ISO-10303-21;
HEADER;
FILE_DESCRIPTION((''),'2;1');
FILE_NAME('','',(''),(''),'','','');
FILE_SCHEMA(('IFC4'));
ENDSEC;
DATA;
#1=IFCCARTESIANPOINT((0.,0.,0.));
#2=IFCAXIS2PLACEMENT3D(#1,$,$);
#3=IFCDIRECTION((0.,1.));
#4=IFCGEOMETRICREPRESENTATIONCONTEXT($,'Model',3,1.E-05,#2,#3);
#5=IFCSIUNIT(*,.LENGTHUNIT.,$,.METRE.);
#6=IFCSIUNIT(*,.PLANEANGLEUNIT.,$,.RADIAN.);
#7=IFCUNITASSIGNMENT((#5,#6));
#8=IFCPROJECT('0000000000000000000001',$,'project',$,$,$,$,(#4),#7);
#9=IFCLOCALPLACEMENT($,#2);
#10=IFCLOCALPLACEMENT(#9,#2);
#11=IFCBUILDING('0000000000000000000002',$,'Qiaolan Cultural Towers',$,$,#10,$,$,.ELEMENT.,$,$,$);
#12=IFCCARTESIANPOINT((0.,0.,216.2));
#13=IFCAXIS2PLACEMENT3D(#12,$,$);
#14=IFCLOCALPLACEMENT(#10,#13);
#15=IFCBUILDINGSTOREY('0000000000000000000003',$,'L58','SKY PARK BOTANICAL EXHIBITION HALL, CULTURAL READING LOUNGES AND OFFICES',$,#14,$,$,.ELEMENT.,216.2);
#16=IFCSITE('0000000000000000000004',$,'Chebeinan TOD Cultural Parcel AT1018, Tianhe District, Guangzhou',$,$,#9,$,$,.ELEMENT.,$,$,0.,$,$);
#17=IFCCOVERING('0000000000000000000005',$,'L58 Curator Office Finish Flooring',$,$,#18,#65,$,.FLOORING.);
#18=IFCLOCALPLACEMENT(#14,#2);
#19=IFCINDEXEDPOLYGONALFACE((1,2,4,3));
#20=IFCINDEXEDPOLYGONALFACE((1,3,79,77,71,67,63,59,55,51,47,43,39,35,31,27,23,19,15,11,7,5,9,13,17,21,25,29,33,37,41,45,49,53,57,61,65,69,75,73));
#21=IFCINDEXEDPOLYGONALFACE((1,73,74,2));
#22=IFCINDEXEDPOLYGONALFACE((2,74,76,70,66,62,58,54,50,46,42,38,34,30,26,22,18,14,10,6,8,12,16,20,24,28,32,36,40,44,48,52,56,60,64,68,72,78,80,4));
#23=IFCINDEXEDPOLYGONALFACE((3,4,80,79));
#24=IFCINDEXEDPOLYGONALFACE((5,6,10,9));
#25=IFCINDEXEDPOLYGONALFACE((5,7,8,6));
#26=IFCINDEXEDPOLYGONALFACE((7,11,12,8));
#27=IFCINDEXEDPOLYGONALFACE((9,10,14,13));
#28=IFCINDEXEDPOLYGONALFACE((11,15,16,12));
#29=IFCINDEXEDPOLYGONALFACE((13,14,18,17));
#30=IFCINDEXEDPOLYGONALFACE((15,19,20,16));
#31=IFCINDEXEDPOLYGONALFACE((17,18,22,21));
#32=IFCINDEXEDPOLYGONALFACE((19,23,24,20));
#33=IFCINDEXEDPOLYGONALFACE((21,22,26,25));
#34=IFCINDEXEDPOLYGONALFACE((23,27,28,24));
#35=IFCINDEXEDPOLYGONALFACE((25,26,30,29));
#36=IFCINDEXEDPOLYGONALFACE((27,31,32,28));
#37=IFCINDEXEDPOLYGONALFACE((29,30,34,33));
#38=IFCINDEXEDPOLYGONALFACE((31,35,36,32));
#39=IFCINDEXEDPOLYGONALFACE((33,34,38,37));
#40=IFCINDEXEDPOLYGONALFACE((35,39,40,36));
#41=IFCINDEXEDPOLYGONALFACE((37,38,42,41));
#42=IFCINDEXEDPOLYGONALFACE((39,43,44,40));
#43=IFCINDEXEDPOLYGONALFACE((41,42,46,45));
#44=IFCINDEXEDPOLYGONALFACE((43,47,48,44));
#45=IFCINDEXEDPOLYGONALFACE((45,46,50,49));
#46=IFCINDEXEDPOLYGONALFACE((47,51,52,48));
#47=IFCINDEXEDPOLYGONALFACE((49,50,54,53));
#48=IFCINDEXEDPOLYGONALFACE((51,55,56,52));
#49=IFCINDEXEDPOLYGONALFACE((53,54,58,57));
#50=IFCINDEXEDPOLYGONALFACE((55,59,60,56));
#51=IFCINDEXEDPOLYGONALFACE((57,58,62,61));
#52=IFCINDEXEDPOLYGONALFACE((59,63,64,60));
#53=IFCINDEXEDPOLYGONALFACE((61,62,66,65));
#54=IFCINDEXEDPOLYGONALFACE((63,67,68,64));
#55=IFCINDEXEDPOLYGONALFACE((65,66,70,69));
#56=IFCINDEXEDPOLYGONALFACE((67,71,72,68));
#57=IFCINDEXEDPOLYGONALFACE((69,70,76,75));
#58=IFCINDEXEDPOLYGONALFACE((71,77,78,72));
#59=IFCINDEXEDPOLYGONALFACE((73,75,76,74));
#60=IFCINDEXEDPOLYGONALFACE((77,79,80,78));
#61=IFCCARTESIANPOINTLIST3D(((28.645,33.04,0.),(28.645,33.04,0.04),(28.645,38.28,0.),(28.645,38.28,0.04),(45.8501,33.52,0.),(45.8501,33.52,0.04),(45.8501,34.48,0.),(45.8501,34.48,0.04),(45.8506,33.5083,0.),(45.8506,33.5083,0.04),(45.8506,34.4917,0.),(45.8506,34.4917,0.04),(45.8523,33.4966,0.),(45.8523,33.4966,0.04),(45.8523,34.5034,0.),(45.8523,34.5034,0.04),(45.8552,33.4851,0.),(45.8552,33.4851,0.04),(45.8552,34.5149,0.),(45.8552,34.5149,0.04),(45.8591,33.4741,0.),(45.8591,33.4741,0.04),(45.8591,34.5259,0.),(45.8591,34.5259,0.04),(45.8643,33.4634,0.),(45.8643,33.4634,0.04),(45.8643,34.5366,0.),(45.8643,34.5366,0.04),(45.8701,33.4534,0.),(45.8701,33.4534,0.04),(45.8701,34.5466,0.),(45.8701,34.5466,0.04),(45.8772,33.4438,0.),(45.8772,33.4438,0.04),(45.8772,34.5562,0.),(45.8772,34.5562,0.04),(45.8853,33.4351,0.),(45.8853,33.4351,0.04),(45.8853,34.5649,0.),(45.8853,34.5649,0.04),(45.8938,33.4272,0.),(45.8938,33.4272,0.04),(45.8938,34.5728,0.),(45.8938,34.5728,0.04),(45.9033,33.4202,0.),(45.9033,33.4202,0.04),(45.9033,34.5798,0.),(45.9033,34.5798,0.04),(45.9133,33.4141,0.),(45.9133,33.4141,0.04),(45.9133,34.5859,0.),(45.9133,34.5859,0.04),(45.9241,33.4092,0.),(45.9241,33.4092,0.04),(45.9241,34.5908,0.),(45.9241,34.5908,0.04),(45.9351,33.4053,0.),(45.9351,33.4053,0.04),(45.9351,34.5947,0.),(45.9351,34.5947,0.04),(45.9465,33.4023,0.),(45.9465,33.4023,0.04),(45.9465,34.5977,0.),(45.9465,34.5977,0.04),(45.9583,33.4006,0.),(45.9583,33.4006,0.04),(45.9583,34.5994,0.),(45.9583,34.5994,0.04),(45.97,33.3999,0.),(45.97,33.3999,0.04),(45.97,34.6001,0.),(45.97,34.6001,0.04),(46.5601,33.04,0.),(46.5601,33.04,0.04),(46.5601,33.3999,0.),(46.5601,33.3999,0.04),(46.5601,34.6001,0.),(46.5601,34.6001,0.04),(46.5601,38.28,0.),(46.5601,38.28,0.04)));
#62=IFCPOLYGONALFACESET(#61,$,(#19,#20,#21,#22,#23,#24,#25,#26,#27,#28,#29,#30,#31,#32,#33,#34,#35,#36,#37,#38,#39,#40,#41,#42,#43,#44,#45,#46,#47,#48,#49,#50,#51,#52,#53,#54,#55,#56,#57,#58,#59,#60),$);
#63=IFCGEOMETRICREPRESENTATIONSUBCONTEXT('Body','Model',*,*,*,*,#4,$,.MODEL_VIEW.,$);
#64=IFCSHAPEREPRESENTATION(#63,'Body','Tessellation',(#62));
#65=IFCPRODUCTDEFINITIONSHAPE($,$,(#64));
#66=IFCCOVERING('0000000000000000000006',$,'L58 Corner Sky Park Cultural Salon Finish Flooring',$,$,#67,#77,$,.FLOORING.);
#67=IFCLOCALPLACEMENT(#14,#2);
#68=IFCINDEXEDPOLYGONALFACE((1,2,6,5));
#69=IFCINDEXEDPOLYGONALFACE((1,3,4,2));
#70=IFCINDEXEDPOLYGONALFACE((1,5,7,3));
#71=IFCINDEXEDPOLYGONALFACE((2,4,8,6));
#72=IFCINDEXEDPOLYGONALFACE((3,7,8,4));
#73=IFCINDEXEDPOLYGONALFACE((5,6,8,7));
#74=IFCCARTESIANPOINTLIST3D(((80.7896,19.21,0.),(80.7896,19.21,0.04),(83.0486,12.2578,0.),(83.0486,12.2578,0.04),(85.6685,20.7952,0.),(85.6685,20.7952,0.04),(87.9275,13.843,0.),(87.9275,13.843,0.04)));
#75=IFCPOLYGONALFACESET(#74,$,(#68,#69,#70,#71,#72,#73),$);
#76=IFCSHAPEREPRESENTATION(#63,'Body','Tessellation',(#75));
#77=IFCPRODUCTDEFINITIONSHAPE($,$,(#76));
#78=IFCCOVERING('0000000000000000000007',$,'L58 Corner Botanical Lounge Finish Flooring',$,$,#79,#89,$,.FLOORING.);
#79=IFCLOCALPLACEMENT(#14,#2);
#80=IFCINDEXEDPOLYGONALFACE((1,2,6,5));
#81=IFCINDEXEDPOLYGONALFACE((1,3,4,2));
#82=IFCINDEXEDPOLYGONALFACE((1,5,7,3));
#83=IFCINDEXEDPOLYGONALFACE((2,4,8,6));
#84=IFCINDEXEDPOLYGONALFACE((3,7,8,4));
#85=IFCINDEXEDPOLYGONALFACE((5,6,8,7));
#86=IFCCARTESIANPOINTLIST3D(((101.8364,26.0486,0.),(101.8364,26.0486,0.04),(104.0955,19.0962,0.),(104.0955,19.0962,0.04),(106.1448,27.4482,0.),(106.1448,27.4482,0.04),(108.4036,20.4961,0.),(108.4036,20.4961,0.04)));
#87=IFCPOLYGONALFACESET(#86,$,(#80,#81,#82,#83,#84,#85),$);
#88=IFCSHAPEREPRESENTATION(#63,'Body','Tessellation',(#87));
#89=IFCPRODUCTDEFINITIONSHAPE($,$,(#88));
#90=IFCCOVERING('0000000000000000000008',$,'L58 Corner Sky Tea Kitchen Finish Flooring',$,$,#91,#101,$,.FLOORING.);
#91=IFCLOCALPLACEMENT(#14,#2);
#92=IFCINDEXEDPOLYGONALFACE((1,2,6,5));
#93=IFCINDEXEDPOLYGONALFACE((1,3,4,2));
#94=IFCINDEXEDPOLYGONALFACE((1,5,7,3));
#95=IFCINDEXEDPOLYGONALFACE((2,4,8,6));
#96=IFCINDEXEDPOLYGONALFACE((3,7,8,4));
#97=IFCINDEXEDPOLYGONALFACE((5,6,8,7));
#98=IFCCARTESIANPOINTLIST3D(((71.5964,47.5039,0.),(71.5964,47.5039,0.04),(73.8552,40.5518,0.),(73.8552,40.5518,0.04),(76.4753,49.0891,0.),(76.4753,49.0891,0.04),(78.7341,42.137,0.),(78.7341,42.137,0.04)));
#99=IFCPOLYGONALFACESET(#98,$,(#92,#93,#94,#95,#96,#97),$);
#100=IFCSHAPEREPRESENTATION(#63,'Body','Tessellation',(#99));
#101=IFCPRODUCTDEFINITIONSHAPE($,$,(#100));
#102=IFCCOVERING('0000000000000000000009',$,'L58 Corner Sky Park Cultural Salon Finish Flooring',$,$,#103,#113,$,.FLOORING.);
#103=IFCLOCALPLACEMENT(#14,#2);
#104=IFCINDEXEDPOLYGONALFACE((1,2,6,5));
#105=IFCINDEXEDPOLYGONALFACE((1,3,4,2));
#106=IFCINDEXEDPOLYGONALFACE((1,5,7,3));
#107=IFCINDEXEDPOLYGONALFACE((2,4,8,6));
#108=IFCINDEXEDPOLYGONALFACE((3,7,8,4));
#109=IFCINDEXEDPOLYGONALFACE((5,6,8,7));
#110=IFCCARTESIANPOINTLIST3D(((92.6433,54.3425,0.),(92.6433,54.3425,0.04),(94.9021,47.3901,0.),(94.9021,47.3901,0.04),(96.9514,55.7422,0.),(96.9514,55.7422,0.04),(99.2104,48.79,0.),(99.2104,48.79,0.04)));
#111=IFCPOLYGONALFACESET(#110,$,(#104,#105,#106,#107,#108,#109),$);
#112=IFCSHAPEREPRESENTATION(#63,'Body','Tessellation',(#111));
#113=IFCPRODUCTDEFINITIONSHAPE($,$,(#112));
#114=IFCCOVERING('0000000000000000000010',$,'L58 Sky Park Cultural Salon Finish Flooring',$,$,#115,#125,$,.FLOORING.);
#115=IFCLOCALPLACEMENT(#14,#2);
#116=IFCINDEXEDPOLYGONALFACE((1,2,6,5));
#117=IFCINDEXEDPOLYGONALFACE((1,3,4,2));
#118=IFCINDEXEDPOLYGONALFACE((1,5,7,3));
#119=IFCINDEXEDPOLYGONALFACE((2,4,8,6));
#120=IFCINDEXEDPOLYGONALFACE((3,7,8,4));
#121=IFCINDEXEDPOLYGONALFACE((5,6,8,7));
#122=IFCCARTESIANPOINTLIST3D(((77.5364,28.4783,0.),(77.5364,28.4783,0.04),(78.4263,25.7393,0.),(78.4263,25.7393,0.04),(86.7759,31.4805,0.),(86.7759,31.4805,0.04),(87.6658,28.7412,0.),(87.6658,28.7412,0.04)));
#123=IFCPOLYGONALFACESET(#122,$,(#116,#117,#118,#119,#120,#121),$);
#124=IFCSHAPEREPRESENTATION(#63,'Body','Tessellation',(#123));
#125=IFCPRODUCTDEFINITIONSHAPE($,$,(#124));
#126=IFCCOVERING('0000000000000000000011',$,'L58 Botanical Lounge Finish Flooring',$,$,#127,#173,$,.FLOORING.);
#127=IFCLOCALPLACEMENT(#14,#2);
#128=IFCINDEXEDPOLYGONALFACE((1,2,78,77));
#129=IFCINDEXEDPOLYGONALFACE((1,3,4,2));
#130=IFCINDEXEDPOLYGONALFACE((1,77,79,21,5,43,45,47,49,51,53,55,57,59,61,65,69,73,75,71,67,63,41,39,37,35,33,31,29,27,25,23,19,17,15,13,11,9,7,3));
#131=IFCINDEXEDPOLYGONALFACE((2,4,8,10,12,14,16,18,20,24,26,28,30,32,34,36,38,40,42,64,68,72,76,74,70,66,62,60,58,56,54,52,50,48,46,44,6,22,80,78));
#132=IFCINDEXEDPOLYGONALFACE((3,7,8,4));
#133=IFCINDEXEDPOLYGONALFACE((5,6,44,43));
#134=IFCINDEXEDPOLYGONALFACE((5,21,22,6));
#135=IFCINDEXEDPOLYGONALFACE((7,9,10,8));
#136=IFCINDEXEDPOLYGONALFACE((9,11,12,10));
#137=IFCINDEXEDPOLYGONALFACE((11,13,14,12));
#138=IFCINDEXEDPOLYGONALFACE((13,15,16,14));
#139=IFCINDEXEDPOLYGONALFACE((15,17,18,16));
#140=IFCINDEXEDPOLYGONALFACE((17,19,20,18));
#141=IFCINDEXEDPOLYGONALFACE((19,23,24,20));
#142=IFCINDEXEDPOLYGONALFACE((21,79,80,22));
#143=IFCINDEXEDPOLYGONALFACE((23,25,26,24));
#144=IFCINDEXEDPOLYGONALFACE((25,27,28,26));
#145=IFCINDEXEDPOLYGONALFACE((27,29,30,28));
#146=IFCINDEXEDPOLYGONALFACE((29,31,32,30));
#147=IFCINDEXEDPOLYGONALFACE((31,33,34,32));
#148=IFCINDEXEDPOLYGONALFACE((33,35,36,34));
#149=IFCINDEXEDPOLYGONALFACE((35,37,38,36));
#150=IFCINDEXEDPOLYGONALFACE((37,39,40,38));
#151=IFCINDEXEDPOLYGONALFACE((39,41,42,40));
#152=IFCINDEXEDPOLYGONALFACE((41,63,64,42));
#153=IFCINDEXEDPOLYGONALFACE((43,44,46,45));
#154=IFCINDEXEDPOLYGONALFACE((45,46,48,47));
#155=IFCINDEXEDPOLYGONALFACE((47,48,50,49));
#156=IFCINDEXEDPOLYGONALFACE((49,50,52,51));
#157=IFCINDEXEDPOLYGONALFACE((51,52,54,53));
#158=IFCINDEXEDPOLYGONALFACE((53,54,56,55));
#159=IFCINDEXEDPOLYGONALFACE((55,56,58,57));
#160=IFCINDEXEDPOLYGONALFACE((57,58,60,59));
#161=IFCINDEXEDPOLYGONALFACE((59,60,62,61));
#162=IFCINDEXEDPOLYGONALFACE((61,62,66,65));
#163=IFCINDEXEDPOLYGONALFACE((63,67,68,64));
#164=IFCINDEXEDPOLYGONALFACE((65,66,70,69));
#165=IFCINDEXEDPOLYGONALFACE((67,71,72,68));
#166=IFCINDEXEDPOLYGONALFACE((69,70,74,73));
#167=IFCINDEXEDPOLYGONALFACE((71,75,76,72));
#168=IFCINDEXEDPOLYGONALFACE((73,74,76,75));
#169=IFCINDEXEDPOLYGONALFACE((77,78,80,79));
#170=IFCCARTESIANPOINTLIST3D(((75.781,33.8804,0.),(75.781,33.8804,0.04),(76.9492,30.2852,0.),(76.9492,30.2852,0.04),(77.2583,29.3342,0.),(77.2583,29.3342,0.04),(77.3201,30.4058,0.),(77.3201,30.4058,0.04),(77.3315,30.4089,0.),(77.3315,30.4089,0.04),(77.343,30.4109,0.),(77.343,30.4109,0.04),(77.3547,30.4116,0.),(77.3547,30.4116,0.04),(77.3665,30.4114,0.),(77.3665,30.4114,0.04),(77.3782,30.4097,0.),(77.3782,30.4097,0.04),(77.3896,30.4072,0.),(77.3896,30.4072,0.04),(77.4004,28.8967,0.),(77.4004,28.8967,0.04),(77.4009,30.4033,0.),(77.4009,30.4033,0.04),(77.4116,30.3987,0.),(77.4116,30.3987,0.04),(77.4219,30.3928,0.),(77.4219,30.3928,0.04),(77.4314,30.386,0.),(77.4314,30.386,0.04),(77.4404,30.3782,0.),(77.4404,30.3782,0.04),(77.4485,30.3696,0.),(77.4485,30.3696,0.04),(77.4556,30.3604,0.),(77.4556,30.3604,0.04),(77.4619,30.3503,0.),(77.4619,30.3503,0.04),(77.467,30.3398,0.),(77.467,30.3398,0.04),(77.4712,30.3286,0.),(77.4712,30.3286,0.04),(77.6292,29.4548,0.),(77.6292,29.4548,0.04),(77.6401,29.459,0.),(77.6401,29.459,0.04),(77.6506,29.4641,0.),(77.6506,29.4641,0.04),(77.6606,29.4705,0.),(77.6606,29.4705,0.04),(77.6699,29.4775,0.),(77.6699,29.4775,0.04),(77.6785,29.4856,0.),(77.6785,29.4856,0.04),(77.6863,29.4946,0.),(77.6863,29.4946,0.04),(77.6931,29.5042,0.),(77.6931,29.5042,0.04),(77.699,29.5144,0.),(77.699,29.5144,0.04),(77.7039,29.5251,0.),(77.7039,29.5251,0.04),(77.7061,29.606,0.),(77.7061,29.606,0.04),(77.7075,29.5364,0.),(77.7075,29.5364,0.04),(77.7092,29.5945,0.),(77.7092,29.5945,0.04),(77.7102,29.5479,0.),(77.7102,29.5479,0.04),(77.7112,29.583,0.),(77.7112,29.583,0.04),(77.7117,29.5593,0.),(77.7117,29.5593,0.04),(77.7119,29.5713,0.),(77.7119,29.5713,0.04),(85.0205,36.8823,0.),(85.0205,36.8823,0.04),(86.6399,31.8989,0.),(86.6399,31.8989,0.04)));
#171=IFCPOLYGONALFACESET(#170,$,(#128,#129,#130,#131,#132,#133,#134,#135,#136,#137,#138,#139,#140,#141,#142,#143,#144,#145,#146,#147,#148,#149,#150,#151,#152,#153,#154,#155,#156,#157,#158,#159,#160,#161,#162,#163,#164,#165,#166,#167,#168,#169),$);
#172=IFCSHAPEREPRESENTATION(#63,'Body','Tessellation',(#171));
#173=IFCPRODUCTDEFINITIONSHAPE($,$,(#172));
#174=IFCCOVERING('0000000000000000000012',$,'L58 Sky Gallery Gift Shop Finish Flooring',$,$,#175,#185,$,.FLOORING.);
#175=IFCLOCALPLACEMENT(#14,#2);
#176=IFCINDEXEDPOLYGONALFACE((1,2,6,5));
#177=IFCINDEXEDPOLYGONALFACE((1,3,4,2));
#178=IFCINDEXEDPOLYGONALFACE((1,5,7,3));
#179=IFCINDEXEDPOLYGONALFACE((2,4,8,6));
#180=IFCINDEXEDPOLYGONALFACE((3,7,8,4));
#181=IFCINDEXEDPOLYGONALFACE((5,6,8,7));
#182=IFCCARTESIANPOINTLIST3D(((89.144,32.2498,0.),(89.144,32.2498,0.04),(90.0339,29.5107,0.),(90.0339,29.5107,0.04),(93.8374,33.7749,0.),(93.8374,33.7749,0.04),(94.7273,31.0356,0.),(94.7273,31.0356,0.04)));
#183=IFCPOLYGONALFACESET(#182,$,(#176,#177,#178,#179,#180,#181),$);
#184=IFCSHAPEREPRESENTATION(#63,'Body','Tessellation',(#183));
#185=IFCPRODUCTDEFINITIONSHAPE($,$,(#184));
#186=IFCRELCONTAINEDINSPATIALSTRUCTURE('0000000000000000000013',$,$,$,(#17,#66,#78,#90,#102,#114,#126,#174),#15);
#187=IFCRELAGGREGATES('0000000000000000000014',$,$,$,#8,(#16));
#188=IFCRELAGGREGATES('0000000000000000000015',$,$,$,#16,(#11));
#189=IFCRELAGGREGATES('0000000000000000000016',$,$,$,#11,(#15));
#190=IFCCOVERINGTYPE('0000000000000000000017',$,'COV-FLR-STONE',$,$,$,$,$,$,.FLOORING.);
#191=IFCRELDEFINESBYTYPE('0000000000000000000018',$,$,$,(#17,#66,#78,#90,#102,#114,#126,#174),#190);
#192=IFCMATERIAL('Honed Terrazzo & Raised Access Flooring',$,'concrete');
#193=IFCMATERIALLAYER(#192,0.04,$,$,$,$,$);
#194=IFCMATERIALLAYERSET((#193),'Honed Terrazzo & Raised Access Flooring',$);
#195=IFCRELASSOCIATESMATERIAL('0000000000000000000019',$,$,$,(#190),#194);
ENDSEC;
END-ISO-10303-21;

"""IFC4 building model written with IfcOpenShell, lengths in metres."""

from ifc_helpers import new_model, si_unit, direction, frame, origin, place, context, subcontext, project, spatial, polyline, outline, extrude, material, layer, layer_set, type_object, element, save


model = new_model("IFC4")

# Units and contexts
model_context = context("Model", 3, precision=1e-05, world=origin(), true_north=direction((0.0, 1.0)))
body_context = subcontext(model_context, "Body", "Model", "MODEL_VIEW")
ifc_project = project(units=[si_unit("LENGTHUNIT", "METRE"), si_unit("PLANEANGLEUNIT", "RADIAN")], contexts=[model_context])

# Site, building, storey
site_placement = place(None, origin())
site = spatial("IfcSite", under=ifc_project, at=site_placement, Name="Chebeinan TOD Cultural Parcel AT1018, Tianhe District, Guangzhou", CompositionType="ELEMENT", RefElevation=0.0)
building_placement = place(site_placement, origin())
building = spatial("IfcBuilding", under=site, at=building_placement, Name="Qiaolan Cultural Towers", CompositionType="ELEMENT")
storey_placement = place(building_placement, frame((0.0, 0.0, 216.2)))
storey = spatial("IfcBuildingStorey", under=building, at=storey_placement, Name="L58", Description="SKY PARK BOTANICAL EXHIBITION HALL, CULTURAL READING LOUNGES AND OFFICES", CompositionType="ELEMENT", Elevation=216.2)

# Coverings
ifc_material_1 = material(Name="Honed Terrazzo & Raised Access Flooring", Category="concrete")
ifc_layer_1 = layer(ifc_material_1, 0.04)
ifc_layer_set_1 = layer_set([ifc_layer_1], Name="Honed Terrazzo & Raised Access Flooring")
covering_type = type_object("IfcCoveringType", Name="COV-FLR-STONE", PredefinedType="FLOORING", material=ifc_layer_set_1)
covering_1_placement = place(storey_placement, origin())
element("IfcCovering", 1, at=covering_1_placement, inside=storey, type_object=covering_type, Name="L58 Curator Office Finish Flooring", PredefinedType="FLOORING", context=body_context, shape_type="SweptSolid", body=[
    extrude(outline(polyline([(46.5601, 33.3999), (45.97, 33.3999), (45.9583, 33.4006), (45.9465, 33.4023), (45.9351, 33.4053), (45.9241, 33.4092), (45.9133, 33.4141), (45.9033, 33.4202), (45.8938, 33.4272), (45.8853, 33.4351), (45.8772, 33.4438), (45.8701, 33.4534), (45.8643, 33.4634), (45.8591, 33.4741), (45.8552, 33.4851), (45.8523, 33.4966), (45.8506, 33.5083), (45.8501, 33.52), (45.8501, 34.48), (45.8506, 34.4917), (45.8523, 34.5034), (45.8552, 34.5149), (45.8591, 34.5259), (45.8643, 34.5366), (45.8701, 34.5466), (45.8772, 34.5562), (45.8853, 34.5649), (45.8938, 34.5728), (45.9033, 34.5798), (45.9133, 34.5859), (45.9241, 34.5908), (45.9351, 34.5947), (45.9465, 34.5977), (45.9583, 34.5994), (45.97, 34.6001), (46.5601, 34.6001), (46.5601, 38.28), (28.645, 38.28), (28.645, 33.04), (46.5601, 33.04), (46.5601, 33.3999)])), origin(), (0.0, 0.0, 1.0), 0.04),
])
covering_2_placement = place(storey_placement, origin())
element("IfcCovering", 2, at=covering_2_placement, inside=storey, type_object=covering_type, Name="L58 Corner Sky Park Cultural Salon Finish Flooring", PredefinedType="FLOORING", context=body_context, shape_type="SweptSolid", body=[
    extrude(outline(polyline([(87.9275, 13.843), (85.6685, 20.7952), (80.7896, 19.21), (83.0486, 12.2578), (87.9275, 13.843)])), origin(), (0.0, 0.0, 1.0), 0.04),
])
covering_3_placement = place(storey_placement, origin())
element("IfcCovering", 3, at=covering_3_placement, inside=storey, type_object=covering_type, Name="L58 Corner Botanical Lounge Finish Flooring", PredefinedType="FLOORING", context=body_context, shape_type="SweptSolid", body=[
    extrude(outline(polyline([(108.4036, 20.4961), (106.1448, 27.4482), (101.8364, 26.0486), (104.0955, 19.0962), (108.4036, 20.4961)])), origin(), (0.0, 0.0, 1.0), 0.04),
])
covering_4_placement = place(storey_placement, origin())
element("IfcCovering", 4, at=covering_4_placement, inside=storey, type_object=covering_type, Name="L58 Corner Sky Tea Kitchen Finish Flooring", PredefinedType="FLOORING", context=body_context, shape_type="SweptSolid", body=[
    extrude(outline(polyline([(78.7341, 42.137), (76.4753, 49.0891), (71.5964, 47.5039), (73.8552, 40.5518), (78.7341, 42.137)])), origin(), (0.0, 0.0, 1.0), 0.04),
])
covering_5_placement = place(storey_placement, origin())
element("IfcCovering", 5, at=covering_5_placement, inside=storey, type_object=covering_type, Name="L58 Corner Sky Park Cultural Salon Finish Flooring", PredefinedType="FLOORING", context=body_context, shape_type="SweptSolid", body=[
    extrude(outline(polyline([(99.2104, 48.79), (96.9514, 55.7422), (92.6433, 54.3425), (94.9021, 47.3901), (99.2104, 48.79)])), origin(), (0.0, 0.0, 1.0), 0.04),
])
covering_6_placement = place(storey_placement, origin())
element("IfcCovering", 6, at=covering_6_placement, inside=storey, type_object=covering_type, Name="L58 Sky Park Cultural Salon Finish Flooring", PredefinedType="FLOORING", context=body_context, shape_type="SweptSolid", body=[
    extrude(outline(polyline([(87.6658, 28.7412), (86.7759, 31.4805), (77.5364, 28.4783), (78.4263, 25.7393), (87.6658, 28.7412)])), origin(), (0.0, 0.0, 1.0), 0.04),
])
covering_7_placement = place(storey_placement, origin())
element("IfcCovering", 7, at=covering_7_placement, inside=storey, type_object=covering_type, Name="L58 Botanical Lounge Finish Flooring", PredefinedType="FLOORING", context=body_context, shape_type="SweptSolid", body=[
    extrude(outline(polyline([(76.9492, 30.2852), (77.3201, 30.4058), (77.3315, 30.4089), (77.343, 30.4109), (77.3547, 30.4116), (77.3665, 30.4114), (77.3782, 30.4097), (77.3896, 30.4072), (77.4009, 30.4033), (77.4116, 30.3987), (77.4219, 30.3928), (77.4314, 30.386), (77.4404, 30.3782), (77.4485, 30.3696), (77.4556, 30.3604), (77.4619, 30.3503), (77.467, 30.3398), (77.4712, 30.3286), (77.7061, 29.606), (77.7092, 29.5945), (77.7112, 29.583), (77.7119, 29.5713), (77.7117, 29.5593), (77.7102, 29.5479), (77.7075, 29.5364), (77.7039, 29.5251), (77.699, 29.5144), (77.6931, 29.5042), (77.6863, 29.4946), (77.6785, 29.4856), (77.6699, 29.4775), (77.6606, 29.4705), (77.6506, 29.4641), (77.6401, 29.459), (77.6292, 29.4548), (77.2583, 29.3342), (77.4004, 28.8967), (86.6399, 31.8989), (85.0205, 36.8823), (75.781, 33.8804), (76.9492, 30.2852)])), origin(), (0.0, 0.0, 1.0), 0.04),
])
covering_8_placement = place(storey_placement, origin())
element("IfcCovering", 8, at=covering_8_placement, inside=storey, type_object=covering_type, Name="L58 Sky Gallery Gift Shop Finish Flooring", PredefinedType="FLOORING", context=body_context, shape_type="SweptSolid", body=[
    extrude(outline(polyline([(94.7273, 31.0356), (93.8374, 33.7749), (89.144, 32.2498), (90.0339, 29.5107), (94.7273, 31.0356)])), origin(), (0.0, 0.0, 1.0), 0.04),
])

save(model, "model.ifc")
